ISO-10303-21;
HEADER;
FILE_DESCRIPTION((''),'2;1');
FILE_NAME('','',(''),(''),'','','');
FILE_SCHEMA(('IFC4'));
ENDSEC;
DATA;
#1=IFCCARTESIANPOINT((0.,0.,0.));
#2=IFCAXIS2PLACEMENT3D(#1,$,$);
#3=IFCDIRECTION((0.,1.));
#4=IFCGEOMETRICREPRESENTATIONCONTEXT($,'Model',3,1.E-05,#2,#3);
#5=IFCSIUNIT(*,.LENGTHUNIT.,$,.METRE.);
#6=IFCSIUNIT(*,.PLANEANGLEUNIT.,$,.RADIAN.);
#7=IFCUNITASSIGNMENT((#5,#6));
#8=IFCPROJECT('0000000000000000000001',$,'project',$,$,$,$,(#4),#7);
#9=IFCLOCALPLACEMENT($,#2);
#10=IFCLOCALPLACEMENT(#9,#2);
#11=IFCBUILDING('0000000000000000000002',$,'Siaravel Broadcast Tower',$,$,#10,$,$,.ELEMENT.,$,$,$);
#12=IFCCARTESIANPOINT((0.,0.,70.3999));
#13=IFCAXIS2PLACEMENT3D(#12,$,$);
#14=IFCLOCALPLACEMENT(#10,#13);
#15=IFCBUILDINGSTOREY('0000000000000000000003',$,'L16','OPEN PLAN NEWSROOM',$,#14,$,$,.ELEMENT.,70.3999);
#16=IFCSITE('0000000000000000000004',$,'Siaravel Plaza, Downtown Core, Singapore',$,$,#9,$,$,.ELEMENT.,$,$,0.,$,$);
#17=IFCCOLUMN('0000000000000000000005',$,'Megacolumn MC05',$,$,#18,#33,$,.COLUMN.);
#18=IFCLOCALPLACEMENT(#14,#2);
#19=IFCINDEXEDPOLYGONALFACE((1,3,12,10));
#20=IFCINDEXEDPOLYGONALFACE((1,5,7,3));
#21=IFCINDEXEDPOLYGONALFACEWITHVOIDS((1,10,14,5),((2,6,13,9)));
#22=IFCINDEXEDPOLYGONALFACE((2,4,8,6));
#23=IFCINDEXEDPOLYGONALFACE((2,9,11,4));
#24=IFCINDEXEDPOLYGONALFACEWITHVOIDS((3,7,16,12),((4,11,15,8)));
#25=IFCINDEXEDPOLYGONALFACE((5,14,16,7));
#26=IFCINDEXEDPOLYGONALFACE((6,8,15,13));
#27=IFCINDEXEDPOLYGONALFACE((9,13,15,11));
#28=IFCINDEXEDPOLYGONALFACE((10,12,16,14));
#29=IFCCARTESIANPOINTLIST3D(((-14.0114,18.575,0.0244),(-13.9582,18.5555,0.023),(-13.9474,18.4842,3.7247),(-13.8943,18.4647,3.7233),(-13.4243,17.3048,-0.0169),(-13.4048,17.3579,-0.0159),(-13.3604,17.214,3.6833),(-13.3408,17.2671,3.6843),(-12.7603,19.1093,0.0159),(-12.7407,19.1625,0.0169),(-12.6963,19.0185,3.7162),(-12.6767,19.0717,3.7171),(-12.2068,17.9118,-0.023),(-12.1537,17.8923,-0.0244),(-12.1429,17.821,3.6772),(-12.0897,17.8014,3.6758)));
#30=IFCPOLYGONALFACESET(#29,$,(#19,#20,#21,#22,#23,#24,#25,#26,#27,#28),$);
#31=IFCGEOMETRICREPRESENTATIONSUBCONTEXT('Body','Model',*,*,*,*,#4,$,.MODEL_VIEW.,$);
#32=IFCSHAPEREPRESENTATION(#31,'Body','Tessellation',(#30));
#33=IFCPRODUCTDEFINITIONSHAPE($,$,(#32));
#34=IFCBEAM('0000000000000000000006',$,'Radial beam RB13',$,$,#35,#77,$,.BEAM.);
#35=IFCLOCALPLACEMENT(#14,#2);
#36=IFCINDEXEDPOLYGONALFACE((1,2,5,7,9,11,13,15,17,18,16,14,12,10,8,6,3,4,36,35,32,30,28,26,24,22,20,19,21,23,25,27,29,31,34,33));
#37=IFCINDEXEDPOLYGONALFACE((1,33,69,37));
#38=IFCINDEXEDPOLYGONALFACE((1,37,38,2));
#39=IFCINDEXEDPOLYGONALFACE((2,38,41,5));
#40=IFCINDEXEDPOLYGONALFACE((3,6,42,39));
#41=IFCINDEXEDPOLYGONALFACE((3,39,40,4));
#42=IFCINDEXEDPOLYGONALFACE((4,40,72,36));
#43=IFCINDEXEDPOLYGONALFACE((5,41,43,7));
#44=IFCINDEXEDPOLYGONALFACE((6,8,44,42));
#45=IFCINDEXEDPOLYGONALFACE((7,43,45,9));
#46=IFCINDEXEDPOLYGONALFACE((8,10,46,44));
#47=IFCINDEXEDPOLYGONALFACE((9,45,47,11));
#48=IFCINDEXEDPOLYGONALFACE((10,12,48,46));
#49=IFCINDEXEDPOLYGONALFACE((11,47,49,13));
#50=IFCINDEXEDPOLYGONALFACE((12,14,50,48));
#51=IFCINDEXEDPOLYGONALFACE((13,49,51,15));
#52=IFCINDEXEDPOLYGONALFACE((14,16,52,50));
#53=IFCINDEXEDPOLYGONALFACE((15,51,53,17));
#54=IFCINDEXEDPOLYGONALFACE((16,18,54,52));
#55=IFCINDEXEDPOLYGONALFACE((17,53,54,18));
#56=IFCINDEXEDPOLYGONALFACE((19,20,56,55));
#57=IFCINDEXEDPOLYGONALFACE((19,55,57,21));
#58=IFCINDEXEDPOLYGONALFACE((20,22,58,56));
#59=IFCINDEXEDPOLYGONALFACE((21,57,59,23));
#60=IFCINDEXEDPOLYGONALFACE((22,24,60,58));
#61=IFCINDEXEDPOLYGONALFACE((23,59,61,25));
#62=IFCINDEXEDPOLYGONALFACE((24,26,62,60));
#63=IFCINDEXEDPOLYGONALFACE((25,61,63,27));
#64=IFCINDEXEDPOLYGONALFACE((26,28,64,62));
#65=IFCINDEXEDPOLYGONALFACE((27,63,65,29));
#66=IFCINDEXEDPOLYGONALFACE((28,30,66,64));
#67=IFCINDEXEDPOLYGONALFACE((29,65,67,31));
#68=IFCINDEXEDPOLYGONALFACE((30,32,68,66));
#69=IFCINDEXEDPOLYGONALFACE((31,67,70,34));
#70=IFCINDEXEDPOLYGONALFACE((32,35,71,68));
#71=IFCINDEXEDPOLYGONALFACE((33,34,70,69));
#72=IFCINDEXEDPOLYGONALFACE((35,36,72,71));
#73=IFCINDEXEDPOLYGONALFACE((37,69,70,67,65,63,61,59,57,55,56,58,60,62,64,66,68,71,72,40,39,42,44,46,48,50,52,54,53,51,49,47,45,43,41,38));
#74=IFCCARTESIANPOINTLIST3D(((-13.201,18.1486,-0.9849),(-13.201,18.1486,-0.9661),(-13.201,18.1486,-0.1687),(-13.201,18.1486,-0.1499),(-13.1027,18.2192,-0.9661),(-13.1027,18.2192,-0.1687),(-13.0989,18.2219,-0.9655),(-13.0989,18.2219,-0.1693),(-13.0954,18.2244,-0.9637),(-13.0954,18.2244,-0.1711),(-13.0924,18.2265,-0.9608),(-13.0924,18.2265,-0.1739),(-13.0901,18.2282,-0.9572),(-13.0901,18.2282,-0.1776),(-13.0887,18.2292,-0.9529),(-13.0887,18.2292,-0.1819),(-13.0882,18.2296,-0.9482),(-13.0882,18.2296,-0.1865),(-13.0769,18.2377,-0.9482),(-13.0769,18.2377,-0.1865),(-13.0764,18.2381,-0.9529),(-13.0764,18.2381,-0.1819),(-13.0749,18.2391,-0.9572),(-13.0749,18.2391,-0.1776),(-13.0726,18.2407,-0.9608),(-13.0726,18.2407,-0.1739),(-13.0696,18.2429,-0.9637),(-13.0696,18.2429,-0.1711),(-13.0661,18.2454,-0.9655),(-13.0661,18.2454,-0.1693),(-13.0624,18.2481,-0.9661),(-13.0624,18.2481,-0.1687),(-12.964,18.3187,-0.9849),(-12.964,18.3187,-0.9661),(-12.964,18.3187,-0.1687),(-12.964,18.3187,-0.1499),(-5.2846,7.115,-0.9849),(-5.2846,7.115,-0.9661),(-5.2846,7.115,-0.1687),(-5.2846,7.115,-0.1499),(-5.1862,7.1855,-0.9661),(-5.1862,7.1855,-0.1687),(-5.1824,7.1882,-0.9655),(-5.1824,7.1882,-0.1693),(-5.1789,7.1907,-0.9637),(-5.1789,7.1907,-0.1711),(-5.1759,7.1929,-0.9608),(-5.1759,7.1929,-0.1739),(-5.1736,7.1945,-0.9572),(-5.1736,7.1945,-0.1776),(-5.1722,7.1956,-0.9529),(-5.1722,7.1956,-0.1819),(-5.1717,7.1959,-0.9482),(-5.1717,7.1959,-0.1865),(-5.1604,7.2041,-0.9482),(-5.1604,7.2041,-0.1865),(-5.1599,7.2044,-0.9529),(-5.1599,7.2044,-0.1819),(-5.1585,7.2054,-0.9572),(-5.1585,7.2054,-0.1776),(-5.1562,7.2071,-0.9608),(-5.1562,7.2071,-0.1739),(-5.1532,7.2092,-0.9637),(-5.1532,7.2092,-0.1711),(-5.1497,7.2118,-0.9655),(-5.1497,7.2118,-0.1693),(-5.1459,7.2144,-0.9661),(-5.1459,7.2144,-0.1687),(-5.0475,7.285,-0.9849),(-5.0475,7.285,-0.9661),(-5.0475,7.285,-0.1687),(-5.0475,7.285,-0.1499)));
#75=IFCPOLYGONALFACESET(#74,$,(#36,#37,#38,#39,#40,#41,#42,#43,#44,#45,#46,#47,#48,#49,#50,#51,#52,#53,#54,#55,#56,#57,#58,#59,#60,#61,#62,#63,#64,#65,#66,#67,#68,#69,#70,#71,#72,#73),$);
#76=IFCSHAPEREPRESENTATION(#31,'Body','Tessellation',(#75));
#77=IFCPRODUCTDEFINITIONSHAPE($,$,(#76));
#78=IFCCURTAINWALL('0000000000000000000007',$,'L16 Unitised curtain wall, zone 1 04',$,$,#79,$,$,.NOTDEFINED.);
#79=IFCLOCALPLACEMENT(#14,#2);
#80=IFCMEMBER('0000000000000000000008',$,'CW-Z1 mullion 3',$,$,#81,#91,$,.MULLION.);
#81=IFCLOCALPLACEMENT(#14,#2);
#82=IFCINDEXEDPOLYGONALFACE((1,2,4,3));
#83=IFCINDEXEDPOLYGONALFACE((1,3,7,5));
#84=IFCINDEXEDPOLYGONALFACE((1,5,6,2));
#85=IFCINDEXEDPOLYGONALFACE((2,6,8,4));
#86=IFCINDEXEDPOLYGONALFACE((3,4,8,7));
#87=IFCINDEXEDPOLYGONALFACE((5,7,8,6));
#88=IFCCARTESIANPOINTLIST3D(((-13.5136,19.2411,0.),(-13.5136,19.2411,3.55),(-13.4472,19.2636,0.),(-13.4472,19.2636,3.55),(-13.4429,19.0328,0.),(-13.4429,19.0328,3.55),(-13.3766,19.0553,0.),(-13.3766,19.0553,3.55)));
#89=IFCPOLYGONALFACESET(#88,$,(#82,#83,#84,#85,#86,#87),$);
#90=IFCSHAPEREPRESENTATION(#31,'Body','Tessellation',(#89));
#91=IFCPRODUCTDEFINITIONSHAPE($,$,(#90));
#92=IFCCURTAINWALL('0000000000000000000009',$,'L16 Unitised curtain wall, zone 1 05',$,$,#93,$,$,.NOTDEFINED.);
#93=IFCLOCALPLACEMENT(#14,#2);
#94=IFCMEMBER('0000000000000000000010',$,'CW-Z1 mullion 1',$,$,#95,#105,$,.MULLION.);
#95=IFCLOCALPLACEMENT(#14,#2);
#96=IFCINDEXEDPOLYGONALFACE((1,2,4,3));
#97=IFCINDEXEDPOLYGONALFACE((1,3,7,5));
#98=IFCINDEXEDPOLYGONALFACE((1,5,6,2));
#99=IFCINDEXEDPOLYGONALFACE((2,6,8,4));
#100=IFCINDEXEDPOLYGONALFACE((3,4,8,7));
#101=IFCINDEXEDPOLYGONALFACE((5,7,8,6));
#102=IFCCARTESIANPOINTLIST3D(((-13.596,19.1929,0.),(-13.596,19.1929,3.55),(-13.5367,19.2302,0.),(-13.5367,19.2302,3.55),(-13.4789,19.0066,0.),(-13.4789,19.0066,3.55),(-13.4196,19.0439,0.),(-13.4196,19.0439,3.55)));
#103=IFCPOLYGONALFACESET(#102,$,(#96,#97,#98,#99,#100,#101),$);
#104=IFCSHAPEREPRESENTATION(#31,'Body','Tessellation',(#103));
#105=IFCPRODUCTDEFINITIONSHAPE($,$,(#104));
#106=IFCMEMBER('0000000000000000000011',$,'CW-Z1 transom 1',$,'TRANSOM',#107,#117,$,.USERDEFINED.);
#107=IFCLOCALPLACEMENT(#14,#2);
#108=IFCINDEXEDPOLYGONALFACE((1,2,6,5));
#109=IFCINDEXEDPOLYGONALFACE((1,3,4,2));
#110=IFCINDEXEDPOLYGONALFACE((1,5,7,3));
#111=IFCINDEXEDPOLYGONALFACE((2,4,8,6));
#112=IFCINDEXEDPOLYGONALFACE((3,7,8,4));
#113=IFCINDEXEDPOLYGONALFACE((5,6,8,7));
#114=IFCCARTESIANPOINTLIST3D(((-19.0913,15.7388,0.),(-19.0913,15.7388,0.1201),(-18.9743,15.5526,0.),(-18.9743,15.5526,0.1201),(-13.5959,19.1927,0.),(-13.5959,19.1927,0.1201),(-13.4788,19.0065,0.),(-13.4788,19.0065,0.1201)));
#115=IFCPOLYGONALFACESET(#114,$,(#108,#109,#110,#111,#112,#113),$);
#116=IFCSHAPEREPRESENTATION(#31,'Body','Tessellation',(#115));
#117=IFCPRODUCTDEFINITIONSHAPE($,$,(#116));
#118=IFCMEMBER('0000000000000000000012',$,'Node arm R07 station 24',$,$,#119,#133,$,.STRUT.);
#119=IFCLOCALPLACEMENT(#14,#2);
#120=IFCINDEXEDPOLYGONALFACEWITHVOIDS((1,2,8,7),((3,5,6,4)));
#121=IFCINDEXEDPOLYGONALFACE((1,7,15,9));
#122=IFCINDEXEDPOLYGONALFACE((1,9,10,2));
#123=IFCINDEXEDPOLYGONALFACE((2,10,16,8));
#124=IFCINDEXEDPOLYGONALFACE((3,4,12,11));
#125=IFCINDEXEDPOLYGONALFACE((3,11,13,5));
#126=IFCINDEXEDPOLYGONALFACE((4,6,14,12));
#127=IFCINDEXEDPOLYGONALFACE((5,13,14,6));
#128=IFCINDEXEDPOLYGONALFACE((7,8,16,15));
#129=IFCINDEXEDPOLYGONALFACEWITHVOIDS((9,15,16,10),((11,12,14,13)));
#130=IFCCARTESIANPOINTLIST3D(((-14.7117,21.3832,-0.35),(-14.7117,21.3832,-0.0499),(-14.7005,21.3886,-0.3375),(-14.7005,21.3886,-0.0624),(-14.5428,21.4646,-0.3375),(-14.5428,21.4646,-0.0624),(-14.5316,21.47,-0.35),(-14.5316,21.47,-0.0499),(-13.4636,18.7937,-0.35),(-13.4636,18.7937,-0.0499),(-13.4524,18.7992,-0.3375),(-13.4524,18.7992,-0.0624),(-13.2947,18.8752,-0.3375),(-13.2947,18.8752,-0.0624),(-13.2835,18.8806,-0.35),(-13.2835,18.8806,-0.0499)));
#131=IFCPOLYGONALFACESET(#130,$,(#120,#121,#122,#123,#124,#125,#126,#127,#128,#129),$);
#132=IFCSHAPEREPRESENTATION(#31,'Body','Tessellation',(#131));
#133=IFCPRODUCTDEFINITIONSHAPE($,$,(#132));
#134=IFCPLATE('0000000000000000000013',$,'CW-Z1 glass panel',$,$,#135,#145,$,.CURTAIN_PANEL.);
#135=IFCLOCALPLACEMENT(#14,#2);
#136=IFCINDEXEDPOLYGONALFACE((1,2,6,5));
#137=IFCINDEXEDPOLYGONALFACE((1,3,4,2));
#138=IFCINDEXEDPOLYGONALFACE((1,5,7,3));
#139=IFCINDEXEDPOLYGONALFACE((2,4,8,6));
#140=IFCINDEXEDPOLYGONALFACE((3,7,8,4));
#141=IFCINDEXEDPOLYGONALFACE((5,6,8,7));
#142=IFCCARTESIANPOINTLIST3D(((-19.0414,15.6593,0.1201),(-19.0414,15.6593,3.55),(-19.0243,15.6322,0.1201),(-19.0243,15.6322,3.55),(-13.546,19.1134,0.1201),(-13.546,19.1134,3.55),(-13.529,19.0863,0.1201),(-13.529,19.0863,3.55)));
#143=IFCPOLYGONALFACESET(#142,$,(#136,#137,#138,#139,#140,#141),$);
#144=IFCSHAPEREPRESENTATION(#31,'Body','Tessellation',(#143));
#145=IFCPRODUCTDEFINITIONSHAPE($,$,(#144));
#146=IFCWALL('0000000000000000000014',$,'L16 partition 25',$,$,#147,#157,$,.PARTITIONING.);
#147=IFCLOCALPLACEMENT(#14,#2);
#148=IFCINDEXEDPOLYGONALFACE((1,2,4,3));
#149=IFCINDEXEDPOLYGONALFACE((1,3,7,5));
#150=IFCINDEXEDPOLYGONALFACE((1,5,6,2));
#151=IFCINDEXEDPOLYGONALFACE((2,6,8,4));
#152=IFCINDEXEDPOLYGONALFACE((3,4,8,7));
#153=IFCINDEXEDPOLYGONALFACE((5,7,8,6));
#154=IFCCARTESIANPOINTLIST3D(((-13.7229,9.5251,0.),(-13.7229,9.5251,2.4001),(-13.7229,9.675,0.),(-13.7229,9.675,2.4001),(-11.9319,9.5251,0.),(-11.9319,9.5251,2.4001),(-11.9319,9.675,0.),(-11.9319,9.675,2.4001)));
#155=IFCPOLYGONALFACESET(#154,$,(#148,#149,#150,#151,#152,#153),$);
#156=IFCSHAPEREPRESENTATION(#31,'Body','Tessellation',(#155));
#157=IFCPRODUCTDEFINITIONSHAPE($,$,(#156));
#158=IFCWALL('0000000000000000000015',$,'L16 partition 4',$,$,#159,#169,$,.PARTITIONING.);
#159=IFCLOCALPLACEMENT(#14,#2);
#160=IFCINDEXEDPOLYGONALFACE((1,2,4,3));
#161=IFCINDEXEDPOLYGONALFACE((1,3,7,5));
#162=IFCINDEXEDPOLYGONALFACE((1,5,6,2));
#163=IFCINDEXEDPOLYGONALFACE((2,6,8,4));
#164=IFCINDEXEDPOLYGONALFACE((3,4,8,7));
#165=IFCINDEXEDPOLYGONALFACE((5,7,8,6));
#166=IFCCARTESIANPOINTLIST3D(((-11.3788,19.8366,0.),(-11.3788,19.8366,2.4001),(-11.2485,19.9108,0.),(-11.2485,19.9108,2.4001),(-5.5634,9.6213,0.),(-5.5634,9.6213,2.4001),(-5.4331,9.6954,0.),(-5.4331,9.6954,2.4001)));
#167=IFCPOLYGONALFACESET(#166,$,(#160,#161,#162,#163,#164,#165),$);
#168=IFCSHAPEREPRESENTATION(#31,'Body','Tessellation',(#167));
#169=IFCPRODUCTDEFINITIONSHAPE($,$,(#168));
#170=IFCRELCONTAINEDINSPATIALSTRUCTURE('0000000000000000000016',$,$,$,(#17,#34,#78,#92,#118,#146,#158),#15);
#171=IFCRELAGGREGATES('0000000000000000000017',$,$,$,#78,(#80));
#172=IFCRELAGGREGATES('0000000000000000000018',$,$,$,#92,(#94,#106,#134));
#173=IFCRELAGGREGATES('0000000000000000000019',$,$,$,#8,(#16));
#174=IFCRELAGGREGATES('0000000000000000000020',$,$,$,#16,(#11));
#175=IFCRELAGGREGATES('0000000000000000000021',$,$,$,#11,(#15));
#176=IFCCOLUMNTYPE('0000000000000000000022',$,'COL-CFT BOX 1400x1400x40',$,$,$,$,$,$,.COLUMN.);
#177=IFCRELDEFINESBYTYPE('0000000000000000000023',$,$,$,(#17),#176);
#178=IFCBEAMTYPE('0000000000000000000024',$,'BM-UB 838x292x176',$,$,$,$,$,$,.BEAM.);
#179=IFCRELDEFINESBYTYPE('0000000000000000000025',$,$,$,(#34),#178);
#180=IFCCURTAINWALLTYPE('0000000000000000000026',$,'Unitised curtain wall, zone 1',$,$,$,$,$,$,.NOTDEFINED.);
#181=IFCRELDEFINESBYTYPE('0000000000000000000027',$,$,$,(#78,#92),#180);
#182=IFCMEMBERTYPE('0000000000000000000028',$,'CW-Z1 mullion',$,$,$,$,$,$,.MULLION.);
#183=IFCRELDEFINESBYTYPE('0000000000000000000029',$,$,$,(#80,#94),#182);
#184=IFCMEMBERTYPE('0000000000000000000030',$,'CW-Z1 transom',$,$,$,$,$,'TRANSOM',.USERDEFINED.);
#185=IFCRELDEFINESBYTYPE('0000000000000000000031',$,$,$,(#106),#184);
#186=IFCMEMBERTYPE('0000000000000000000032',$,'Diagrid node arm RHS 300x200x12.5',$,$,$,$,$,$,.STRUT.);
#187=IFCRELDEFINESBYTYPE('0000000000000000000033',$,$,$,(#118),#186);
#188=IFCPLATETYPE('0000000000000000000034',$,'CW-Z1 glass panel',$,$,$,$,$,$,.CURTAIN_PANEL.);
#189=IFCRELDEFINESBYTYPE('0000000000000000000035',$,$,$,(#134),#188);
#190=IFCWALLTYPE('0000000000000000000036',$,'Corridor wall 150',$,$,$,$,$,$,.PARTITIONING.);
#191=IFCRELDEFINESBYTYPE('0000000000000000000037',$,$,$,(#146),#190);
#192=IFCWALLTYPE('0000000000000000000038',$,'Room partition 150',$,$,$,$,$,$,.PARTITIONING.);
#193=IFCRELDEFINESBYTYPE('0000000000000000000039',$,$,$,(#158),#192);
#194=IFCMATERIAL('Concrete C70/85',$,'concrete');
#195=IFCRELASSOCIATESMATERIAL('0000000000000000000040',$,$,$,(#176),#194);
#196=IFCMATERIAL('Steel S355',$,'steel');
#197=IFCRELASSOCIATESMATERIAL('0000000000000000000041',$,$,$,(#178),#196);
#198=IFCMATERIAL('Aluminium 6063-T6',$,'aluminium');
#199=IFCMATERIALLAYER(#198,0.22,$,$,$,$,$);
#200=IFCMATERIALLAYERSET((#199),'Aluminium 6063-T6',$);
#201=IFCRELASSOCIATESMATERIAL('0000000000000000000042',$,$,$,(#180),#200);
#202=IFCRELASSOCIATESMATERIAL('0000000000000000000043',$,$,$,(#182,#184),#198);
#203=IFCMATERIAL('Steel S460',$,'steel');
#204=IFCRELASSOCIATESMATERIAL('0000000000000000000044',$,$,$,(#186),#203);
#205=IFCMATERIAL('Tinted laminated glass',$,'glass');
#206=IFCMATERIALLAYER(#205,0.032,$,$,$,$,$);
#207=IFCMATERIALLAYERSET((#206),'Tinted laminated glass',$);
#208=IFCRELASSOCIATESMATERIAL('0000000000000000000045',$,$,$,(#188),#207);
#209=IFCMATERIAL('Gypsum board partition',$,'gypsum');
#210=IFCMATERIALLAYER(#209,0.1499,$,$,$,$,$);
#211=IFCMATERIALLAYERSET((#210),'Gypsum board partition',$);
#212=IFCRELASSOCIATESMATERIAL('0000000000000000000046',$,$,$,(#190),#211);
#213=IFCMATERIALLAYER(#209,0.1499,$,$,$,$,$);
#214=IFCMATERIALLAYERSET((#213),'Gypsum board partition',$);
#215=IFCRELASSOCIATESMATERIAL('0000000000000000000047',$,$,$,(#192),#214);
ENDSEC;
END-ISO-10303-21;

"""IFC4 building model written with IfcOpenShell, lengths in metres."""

from ifc_helpers import new_model, si_unit, direction, frame, frame_2d, origin, origin_2d, place, context, subcontext, project, spatial, rectangle, hollow_rectangle, i_section, extrude, material, layer, layer_set, material_profile, profile_set, type_object, element, aggregate, save


model = new_model("IFC4")

# Units and contexts
model_context = context("Model", 3, precision=1e-05, world=origin(), true_north=direction((0.0, 1.0)))
body_context = subcontext(model_context, "Body", "Model", "MODEL_VIEW")
ifc_project = project(units=[si_unit("LENGTHUNIT", "METRE"), si_unit("PLANEANGLEUNIT", "RADIAN")], contexts=[model_context])

# Site, building, storey
site_placement = place(None, origin())
site = spatial("IfcSite", under=ifc_project, at=site_placement, Name="Siaravel Plaza, Downtown Core, Singapore", CompositionType="ELEMENT", RefElevation=0.0)
building_placement = place(site_placement, origin())
building = spatial("IfcBuilding", under=site, at=building_placement, Name="Siaravel Broadcast Tower", CompositionType="ELEMENT")
storey_placement = place(building_placement, frame((0.0, 0.0, 70.3999)))
storey = spatial("IfcBuildingStorey", under=building, at=storey_placement, Name="L16", Description="OPEN PLAN NEWSROOM", CompositionType="ELEMENT", Elevation=70.3999)

# Column
ifc_material_1 = material(Name="Concrete C70/85", Category="concrete")
ifc_material_profile_1 = material_profile(ifc_material_1, hollow_rectangle(XDim=1.3999, YDim=1.3999, WallThickness=0.04, at=origin_2d()))
ifc_profile_set_1 = profile_set([ifc_material_profile_1], Name="Concrete C70/85")
column_type = type_object("IfcColumnType", Name="COL-CFT BOX 1400x1400x40", PredefinedType="COLUMN", material=ifc_profile_set_1)
column_placement = place(storey_placement, frame((-13.0825, 18.2336, 0.0), z_axis=(0.017279, -0.024534, 0.99955), x_axis=(0.907672, 0.419646, -0.005391)))
element("IfcColumn", 1, at=column_placement, inside=storey, type_object=column_type, Name="Megacolumn MC05", PredefinedType="COLUMN", context=body_context, shape_type="SweptSolid", body=[
    extrude(hollow_rectangle(XDim=1.3999, YDim=1.3999, WallThickness=0.04, at=origin_2d()), origin(), (0.0, 0.0, 1.0), 3.7019),
])

# Beam
ifc_material_2 = material(Name="Steel S355", Category="steel")
ifc_material_profile_2 = material_profile(ifc_material_2, i_section(OverallWidth=0.2917, OverallDepth=0.835, WebThickness=0.0139, FlangeThickness=0.0188, FilletRadius=0.0178, at=origin_2d()))
ifc_profile_set_2 = profile_set([ifc_material_profile_2], Name="Steel S355")
beam_type = type_object("IfcBeamType", Name="BM-UB 838x292x176", PredefinedType="BEAM", material=ifc_profile_set_2)
beam_placement = place(storey_placement, frame((-13.0825, 18.2336, -0.5674), z_axis=(0.582958, -0.812502, 0.0), x_axis=(0.812502, 0.582958, 0.0)))
element("IfcBeam", 2, at=beam_placement, inside=storey, type_object=beam_type, Name="Radial beam RB13", PredefinedType="BEAM", context=body_context, shape_type="SweptSolid", body=[
    extrude(i_section(OverallWidth=0.2917, OverallDepth=0.835, WebThickness=0.0139, FlangeThickness=0.0188, FilletRadius=0.0178, at=origin_2d()), origin(), (0.0, 0.0, 1.0), 13.5798),
])

# Curtain wall, member
ifc_material_3 = material(Name="Aluminium 6063-T6", Category="aluminium")
ifc_layer_1 = layer(ifc_material_3, 0.22)
ifc_layer_set_1 = layer_set([ifc_layer_1], Name="Aluminium 6063-T6")
curtain_wall_type = type_object("IfcCurtainWallType", Name="Unitised curtain wall, zone 1", PredefinedType="NOTDEFINED", material=ifc_layer_set_1)
curtain_wall_1_placement = place(storey_placement, origin())
curtain_wall_1 = element("IfcCurtainWall", 3, at=curtain_wall_1_placement, inside=storey, type_object=curtain_wall_type, Name="L16 Unitised curtain wall, zone 1 04", PredefinedType="NOTDEFINED")
ifc_material_profile_3 = material_profile(ifc_material_3, rectangle(XDim=0.22, YDim=0.0701, at=origin_2d()))
ifc_profile_set_3 = profile_set([ifc_material_profile_3], Name="Aluminium 6063-T6")
member_type_1 = type_object("IfcMemberType", Name="CW-Z1 mullion", PredefinedType="MULLION", material=ifc_profile_set_3)
member_1_placement = place(storey_placement, frame((-13.4451, 19.1482, 0.0), z_axis=(0.0, 0.0, 1.0), x_axis=(0.321301, -0.946977, 0.0)))
member_1 = element("IfcMember", 4, at=member_1_placement, type_object=member_type_1, Name="CW-Z1 mullion 3", PredefinedType="MULLION", context=body_context, shape_type="SweptSolid", body=[
    extrude(rectangle(XDim=0.22, YDim=0.0701, at=origin_2d()), origin(), (0.0, 0.0, 1.0), 3.55),
])
aggregate(curtain_wall_1, [member_1])

# Curtain wall, members
curtain_wall_2_placement = place(storey_placement, origin())
curtain_wall_2 = element("IfcCurtainWall", 5, at=curtain_wall_2_placement, inside=storey, type_object=curtain_wall_type, Name="L16 Unitised curtain wall, zone 1 05", PredefinedType="NOTDEFINED")
member_2_placement = place(storey_placement, frame((-13.5078, 19.1184, 0.0), z_axis=(0.0, 0.0, 1.0), x_axis=(0.53215, -0.84665, 0.0)))
member_2 = element("IfcMember", 6, at=member_2_placement, type_object=member_type_1, Name="CW-Z1 mullion 1", PredefinedType="MULLION", context=body_context, shape_type="SweptSolid", body=[
    extrude(rectangle(XDim=0.22, YDim=0.0701, at=origin_2d()), origin(), (0.0, 0.0, 1.0), 3.55),
])
ifc_material_profile_4 = material_profile(ifc_material_3, rectangle(XDim=0.22, YDim=0.1201, at=origin_2d()))
ifc_profile_set_4 = profile_set([ifc_material_profile_4], Name="Aluminium 6063-T6")
member_type_2 = type_object("IfcMemberType", Name="CW-Z1 transom", ElementType="TRANSOM", PredefinedType="USERDEFINED", material=ifc_profile_set_4)
member_3_placement = place(storey_placement, frame((-13.5374, 19.0996, 0.0601), z_axis=(-0.846662, -0.532131, 0.0), x_axis=(0.532131, -0.846662, 0.0)))
member_3 = element("IfcMember", 7, at=member_3_placement, type_object=member_type_2, Name="CW-Z1 transom 1", ObjectType="TRANSOM", PredefinedType="USERDEFINED", context=body_context, shape_type="SweptSolid", body=[
    extrude(rectangle(XDim=0.22, YDim=0.1201, at=origin_2d()), origin(), (0.0, 0.0, 1.0), 6.4907),
])

# Member
ifc_material_4 = material(Name="Steel S460", Category="steel")
ifc_material_profile_5 = material_profile(ifc_material_4, hollow_rectangle(XDim=0.2, YDim=0.3, WallThickness=0.0125, at=origin_2d()))
ifc_profile_set_5 = profile_set([ifc_material_profile_5], Name="Steel S460")
member_type_3 = type_object("IfcMemberType", Name="Diagrid node arm RHS 300x200x12.5", PredefinedType="STRUT", material=ifc_profile_set_5)
member_4_placement = place(storey_placement, frame((-13.3735, 18.8372, -0.2), z_axis=(-0.434188, 0.900822, 0.0), x_axis=(-0.900822, -0.434188, 0.0)))
element("IfcMember", 8, at=member_4_placement, inside=storey, type_object=member_type_3, Name="Node arm R07 station 24", PredefinedType="STRUT", context=body_context, shape_type="SweptSolid", body=[
    extrude(hollow_rectangle(XDim=0.2, YDim=0.3, WallThickness=0.0125, at=origin_2d()), origin(), (0.0, 0.0, 1.0), 2.8745),
])

# Plate
ifc_material_5 = material(Name="Tinted laminated glass", Category="glass")
ifc_layer_2 = layer(ifc_material_5, 0.032)
ifc_layer_set_2 = layer_set([ifc_layer_2], Name="Tinted laminated glass")
plate_type = type_object("IfcPlateType", Name="CW-Z1 glass panel", PredefinedType="CURTAIN_PANEL", material=ifc_layer_set_2)
plate_placement = place(storey_placement, frame((-16.2852, 17.3728, 0.1201), z_axis=(0.0, 0.0, 1.0), x_axis=(-0.84665, -0.53215, 0.0)))
plate = element("IfcPlate", 9, at=plate_placement, type_object=plate_type, Name="CW-Z1 glass panel", PredefinedType="CURTAIN_PANEL", context=body_context, shape_type="SweptSolid", body=[
    extrude(rectangle(XDim=6.4907, YDim=0.032, at=origin_2d()), origin(), (0.0, 0.0, 1.0), 3.4299),
])
aggregate(curtain_wall_2, [member_2, member_3, plate])

# Shared definitions
ifc_material_6 = material(Name="Gypsum board partition", Category="gypsum")
ifc_layer_3 = layer(ifc_material_6, 0.1499)
ifc_layer_set_3 = layer_set([ifc_layer_3], Name="Gypsum board partition")
wall_type_1 = type_object("IfcWallType", Name="Corridor wall 150", PredefinedType="PARTITIONING", material=ifc_layer_set_3)

# Walls
wall_1_placement = place(storey_placement, frame((-11.9319, 9.6001, 0.0), z_axis=(0.0, 0.0, 1.0), x_axis=(-1.0, 0.0, 0.0)))
element("IfcWall", 10, at=wall_1_placement, inside=storey, type_object=wall_type_1, Name="L16 partition 25", PredefinedType="PARTITIONING", context=body_context, shape_type="SweptSolid", body=[
    extrude(rectangle(XDim=1.791, YDim=0.1499, at=frame_2d((0.8955, 0.0))), origin(), (0.0, 0.0, 1.0), 2.4001),
])
ifc_layer_4 = layer(ifc_material_6, 0.1499)
ifc_layer_set_4 = layer_set([ifc_layer_4], Name="Gypsum board partition")
wall_type_2 = type_object("IfcWallType", Name="Room partition 150", PredefinedType="PARTITIONING", material=ifc_layer_set_4)
wall_2_placement = place(storey_placement, frame((-11.3137, 19.8738, 0.0), z_axis=(0.0, 0.0, 1.0), x_axis=(0.494734, -0.869045, 0.0)))
element("IfcWall", 11, at=wall_2_placement, inside=storey, type_object=wall_type_2, Name="L16 partition 4", PredefinedType="PARTITIONING", context=body_context, shape_type="SweptSolid", body=[
    extrude(rectangle(XDim=11.7546, YDim=0.1499, at=frame_2d((5.8774, 0.0))), origin(), (0.0, 0.0, 1.0), 2.4001),
])

save(model, "model.ifc")
